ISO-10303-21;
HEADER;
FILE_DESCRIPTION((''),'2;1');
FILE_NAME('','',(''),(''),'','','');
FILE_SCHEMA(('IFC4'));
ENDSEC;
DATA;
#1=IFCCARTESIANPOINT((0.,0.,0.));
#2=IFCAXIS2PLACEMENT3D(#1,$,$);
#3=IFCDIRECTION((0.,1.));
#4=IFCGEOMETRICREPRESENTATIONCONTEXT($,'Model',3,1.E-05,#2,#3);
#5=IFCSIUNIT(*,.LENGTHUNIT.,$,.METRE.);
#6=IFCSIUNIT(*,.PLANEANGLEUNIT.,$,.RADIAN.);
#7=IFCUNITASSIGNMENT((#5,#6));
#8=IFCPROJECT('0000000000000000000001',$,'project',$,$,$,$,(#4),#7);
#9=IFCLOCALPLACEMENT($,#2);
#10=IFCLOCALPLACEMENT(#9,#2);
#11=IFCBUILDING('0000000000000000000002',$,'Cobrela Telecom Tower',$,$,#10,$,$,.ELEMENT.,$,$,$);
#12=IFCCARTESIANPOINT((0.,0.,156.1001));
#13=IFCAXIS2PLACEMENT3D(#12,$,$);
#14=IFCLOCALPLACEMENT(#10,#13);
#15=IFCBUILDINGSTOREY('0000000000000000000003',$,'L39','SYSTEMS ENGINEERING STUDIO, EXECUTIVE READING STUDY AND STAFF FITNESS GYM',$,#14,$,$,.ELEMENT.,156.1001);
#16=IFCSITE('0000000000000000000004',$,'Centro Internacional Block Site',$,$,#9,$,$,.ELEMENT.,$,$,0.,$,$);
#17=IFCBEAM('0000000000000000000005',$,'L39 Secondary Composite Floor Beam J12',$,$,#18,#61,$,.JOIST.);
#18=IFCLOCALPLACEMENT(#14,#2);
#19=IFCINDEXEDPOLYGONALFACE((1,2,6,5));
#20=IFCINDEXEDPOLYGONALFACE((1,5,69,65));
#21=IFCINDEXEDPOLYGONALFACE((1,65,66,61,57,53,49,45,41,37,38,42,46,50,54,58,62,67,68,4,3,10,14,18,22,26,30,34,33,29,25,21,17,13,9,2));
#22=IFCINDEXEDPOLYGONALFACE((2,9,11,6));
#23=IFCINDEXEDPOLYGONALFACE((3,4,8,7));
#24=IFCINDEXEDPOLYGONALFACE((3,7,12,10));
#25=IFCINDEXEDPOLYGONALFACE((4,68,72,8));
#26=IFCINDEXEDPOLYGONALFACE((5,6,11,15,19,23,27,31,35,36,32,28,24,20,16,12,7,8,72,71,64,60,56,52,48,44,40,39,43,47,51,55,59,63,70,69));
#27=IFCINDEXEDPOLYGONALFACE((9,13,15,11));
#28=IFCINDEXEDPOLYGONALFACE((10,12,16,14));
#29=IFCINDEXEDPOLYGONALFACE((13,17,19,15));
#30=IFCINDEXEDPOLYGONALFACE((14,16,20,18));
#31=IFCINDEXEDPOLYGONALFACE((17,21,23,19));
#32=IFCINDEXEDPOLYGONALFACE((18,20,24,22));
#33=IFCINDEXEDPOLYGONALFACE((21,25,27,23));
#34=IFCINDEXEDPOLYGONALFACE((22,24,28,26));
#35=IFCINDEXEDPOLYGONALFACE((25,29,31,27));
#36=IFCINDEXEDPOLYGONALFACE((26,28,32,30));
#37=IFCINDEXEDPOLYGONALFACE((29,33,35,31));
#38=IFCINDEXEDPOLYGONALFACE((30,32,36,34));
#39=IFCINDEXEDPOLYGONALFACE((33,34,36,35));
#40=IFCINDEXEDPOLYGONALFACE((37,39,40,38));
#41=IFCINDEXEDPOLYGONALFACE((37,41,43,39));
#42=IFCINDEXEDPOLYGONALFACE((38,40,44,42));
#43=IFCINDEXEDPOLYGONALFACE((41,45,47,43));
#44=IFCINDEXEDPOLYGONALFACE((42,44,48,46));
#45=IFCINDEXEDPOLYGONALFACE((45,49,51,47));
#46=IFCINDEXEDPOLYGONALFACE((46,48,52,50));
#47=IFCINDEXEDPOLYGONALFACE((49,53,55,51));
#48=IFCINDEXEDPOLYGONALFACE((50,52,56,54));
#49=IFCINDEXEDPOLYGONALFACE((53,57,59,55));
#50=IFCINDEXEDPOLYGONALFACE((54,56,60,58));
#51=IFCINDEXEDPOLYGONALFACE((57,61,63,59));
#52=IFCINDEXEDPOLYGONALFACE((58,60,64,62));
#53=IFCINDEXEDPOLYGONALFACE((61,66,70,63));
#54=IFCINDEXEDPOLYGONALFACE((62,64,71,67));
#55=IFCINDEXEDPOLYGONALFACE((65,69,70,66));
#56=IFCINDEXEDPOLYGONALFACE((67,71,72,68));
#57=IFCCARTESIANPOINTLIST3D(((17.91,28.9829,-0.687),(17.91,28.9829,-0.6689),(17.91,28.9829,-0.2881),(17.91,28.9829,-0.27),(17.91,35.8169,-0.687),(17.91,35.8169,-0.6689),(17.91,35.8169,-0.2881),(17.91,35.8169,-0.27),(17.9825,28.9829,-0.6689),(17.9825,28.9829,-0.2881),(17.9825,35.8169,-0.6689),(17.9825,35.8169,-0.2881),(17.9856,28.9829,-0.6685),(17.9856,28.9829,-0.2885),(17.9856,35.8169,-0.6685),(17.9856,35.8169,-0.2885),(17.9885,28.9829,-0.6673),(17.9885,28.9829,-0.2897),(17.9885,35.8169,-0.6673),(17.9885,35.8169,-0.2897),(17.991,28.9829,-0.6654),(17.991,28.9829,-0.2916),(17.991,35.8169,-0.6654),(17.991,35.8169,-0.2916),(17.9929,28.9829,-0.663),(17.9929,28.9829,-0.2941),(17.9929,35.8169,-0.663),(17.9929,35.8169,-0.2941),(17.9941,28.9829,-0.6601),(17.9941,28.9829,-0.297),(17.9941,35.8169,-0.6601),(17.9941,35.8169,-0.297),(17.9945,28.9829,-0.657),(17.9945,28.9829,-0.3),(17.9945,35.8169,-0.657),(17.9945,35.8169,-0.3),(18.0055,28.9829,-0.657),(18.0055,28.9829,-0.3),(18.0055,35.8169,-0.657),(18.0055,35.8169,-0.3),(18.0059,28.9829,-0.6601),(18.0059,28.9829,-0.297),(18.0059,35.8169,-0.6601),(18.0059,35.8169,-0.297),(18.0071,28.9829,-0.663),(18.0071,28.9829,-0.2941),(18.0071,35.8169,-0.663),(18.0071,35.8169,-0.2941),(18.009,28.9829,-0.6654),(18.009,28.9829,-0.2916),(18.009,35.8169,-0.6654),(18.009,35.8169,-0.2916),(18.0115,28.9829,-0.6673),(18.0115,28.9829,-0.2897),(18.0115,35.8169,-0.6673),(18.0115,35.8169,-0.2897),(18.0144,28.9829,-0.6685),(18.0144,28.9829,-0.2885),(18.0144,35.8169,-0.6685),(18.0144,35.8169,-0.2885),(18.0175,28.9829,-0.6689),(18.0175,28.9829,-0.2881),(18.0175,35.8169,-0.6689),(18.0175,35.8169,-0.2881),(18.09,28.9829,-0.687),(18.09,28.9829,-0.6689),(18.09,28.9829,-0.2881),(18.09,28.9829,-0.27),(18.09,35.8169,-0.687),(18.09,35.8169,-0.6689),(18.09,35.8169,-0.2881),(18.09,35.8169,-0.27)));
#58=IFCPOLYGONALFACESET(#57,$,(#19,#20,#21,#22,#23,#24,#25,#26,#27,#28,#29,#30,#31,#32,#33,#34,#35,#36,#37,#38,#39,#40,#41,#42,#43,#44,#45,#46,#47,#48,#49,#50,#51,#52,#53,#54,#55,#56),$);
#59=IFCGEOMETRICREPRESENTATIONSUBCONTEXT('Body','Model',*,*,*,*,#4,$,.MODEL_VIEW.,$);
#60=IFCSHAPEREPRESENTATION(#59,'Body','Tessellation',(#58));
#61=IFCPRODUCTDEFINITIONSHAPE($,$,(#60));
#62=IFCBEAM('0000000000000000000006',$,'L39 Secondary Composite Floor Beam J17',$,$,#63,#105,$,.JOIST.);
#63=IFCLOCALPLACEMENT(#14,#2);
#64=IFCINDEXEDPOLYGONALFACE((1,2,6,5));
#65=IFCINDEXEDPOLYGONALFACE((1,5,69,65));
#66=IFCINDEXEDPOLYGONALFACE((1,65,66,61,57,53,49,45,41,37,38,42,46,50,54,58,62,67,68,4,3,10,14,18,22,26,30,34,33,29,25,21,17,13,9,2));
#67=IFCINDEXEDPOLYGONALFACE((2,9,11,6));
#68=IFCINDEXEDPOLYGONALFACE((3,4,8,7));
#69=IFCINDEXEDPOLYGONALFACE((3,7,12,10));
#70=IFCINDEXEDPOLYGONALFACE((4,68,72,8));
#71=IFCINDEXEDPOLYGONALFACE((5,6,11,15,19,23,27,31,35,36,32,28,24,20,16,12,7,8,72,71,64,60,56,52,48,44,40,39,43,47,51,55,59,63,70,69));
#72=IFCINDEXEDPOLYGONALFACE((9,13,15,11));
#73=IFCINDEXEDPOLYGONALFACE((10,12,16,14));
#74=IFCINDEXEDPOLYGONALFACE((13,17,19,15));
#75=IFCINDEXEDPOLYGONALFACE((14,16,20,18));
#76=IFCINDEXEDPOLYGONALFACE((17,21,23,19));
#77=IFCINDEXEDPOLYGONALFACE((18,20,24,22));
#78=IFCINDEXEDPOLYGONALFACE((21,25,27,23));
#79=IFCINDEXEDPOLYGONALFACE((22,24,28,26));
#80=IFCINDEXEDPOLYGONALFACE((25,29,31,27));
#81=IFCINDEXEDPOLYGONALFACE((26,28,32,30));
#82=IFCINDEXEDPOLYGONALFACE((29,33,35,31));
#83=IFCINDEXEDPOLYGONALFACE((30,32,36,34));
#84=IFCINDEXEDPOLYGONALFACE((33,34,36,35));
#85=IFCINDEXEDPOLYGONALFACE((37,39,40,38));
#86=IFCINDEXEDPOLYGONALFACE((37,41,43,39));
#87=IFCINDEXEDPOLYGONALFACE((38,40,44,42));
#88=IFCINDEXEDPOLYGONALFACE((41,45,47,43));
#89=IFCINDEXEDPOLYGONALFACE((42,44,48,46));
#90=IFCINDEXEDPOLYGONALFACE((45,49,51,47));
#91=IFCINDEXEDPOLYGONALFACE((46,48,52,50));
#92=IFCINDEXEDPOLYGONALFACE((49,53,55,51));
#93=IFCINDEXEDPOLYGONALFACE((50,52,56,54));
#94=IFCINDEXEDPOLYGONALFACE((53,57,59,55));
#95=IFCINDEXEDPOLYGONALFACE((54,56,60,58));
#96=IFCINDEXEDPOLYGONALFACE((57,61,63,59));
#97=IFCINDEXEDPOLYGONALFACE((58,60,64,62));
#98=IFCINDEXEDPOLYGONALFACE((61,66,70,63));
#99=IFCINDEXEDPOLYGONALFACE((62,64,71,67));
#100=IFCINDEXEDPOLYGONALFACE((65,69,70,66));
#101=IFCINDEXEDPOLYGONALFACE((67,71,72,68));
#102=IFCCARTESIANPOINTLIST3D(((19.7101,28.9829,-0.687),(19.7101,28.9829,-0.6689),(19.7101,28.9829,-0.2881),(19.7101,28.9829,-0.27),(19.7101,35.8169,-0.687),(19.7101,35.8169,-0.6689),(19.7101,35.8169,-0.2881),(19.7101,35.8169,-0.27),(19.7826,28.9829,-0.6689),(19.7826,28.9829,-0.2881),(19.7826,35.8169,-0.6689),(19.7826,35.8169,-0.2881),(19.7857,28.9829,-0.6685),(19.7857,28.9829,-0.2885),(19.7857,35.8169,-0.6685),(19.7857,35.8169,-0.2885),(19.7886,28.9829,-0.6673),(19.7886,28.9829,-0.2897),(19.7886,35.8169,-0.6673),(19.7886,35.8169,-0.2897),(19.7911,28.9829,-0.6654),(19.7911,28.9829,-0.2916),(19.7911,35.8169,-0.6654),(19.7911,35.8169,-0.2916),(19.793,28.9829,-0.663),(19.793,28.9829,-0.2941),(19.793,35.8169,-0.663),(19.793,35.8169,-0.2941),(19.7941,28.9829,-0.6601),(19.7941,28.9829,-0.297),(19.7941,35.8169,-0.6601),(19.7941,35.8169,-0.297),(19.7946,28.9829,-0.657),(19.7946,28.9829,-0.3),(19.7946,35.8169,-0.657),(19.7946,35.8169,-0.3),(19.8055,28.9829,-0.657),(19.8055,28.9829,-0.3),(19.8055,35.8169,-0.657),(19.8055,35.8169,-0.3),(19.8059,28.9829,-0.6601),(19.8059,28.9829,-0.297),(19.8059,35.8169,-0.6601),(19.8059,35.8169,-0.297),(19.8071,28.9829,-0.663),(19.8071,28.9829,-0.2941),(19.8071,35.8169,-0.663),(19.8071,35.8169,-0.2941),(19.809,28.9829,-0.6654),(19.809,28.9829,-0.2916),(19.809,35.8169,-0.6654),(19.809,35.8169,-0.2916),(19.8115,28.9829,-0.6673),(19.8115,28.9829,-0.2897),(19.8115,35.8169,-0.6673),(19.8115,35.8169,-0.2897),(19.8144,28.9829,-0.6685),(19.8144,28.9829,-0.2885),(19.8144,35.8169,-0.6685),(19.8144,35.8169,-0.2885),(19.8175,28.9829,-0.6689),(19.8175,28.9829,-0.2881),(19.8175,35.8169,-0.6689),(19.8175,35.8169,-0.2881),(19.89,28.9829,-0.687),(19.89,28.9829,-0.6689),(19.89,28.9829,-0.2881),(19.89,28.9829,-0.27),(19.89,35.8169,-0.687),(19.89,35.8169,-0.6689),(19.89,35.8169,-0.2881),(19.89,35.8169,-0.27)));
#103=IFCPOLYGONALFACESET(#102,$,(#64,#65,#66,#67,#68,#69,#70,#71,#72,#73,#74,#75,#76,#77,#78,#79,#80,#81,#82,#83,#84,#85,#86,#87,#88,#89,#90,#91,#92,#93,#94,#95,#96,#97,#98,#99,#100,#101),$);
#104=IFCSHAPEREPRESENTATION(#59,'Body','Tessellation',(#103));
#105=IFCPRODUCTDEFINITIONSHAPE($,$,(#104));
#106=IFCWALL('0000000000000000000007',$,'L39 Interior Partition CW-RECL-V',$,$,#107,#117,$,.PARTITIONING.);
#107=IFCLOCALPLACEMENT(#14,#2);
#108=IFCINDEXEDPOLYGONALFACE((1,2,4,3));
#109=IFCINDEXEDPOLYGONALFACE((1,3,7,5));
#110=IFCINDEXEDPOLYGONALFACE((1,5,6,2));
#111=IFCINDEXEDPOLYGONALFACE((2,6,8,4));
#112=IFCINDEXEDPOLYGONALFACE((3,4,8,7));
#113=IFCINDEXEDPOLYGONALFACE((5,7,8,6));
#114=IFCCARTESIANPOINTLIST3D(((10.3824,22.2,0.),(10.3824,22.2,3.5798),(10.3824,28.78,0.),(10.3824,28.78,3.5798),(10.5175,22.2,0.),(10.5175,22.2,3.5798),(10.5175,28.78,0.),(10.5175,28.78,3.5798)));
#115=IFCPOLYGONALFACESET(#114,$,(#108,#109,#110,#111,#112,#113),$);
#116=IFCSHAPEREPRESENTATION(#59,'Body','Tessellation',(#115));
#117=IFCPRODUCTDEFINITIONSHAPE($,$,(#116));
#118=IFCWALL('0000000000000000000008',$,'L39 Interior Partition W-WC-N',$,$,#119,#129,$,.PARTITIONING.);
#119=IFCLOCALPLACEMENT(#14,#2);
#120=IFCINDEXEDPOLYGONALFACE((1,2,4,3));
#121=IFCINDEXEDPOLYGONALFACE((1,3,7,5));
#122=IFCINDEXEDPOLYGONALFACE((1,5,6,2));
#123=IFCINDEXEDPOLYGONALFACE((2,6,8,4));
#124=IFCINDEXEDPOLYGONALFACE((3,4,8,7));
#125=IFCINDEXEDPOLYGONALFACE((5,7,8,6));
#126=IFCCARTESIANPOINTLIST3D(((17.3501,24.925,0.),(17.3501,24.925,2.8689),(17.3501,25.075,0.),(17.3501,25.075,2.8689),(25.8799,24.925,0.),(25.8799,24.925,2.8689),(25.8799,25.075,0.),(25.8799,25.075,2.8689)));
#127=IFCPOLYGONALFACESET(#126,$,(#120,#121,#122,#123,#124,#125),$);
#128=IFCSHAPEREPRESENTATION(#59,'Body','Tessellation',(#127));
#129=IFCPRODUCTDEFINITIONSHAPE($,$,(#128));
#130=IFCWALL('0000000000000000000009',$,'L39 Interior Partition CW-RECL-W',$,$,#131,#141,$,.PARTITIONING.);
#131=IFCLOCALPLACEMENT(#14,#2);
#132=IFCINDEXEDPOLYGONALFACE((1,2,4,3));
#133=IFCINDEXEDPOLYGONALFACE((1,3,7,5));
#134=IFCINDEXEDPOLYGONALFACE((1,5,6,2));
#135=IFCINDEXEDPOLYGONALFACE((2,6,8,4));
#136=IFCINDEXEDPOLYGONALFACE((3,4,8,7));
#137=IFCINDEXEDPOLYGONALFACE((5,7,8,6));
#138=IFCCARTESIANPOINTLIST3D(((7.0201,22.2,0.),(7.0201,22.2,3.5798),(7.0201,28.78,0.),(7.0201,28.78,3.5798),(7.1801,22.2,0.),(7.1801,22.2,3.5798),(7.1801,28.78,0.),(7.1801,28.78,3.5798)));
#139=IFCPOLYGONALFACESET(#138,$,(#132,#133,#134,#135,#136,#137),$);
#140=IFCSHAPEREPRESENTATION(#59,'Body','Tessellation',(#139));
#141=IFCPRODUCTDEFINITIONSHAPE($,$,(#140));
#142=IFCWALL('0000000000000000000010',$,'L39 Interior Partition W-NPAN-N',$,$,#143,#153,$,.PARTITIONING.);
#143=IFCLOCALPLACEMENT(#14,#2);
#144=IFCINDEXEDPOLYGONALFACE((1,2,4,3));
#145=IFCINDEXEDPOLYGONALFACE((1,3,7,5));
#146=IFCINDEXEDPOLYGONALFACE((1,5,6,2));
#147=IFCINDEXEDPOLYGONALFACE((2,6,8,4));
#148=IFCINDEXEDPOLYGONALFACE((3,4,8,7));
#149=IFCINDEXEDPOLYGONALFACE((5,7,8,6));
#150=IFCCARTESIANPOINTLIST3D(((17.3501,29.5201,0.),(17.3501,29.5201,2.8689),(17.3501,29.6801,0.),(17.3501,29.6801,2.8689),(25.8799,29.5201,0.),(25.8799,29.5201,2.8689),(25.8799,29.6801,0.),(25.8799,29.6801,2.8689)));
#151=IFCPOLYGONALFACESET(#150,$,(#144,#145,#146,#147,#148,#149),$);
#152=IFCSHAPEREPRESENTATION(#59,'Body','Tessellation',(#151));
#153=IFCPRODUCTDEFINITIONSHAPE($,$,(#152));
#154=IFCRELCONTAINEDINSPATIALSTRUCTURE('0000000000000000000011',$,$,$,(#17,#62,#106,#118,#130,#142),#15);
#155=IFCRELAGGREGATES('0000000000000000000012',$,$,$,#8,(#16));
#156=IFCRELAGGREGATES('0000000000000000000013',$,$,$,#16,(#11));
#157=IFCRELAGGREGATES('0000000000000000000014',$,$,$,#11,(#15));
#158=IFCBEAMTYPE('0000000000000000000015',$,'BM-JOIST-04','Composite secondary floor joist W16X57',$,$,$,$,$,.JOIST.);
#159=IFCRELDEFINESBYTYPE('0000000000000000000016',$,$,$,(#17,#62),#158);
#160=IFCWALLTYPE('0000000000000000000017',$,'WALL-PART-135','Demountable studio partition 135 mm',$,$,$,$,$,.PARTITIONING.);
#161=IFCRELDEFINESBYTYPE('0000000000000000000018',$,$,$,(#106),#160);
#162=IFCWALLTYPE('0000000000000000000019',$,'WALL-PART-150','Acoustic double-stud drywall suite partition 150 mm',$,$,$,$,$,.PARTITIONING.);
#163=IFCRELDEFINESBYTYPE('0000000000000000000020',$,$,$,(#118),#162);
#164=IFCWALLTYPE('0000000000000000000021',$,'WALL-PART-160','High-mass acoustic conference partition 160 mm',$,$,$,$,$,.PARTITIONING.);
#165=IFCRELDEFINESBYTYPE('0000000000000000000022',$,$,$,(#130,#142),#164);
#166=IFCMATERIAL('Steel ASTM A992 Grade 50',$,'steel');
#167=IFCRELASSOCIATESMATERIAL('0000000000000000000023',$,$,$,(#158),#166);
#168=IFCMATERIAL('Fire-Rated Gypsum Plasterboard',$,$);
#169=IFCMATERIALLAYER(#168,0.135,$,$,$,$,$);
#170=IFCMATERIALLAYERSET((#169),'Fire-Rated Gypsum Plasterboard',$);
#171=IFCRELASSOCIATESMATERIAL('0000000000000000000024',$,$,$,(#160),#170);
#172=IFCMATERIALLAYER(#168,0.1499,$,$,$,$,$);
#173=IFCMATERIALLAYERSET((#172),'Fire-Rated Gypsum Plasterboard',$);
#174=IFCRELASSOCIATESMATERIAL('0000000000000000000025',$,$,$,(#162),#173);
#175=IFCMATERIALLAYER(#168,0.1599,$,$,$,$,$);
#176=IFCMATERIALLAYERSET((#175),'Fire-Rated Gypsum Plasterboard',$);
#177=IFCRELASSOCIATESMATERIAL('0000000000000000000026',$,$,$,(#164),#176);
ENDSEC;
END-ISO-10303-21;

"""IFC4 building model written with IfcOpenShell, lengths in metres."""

from ifc_helpers import new_model, si_unit, direction, frame, frame_2d, origin, origin_2d, place, context, subcontext, project, spatial, rectangle, i_section, extrude, material, layer, layer_set, material_profile, profile_set, type_object, element, save


model = new_model("IFC4")

# Units and contexts
model_context = context("Model", 3, precision=1e-05, world=origin(), true_north=direction((0.0, 1.0)))
body_context = subcontext(model_context, "Body", "Model", "MODEL_VIEW")
ifc_project = project(units=[si_unit("LENGTHUNIT", "METRE"), si_unit("PLANEANGLEUNIT", "RADIAN")], contexts=[model_context])

# Site, building, storey
site_placement = place(None, origin())
site = spatial("IfcSite", under=ifc_project, at=site_placement, Name="Centro Internacional Block Site", CompositionType="ELEMENT", RefElevation=0.0)
building_placement = place(site_placement, origin())
building = spatial("IfcBuilding", under=site, at=building_placement, Name="Cobrela Telecom Tower", CompositionType="ELEMENT")
storey_placement = place(building_placement, frame((0.0, 0.0, 156.1001)))
storey = spatial("IfcBuildingStorey", under=building, at=storey_placement, Name="L39", Description="SYSTEMS ENGINEERING STUDIO, EXECUTIVE READING STUDY AND STAFF FITNESS GYM", CompositionType="ELEMENT", Elevation=156.1001)

# Beams
ifc_material_1 = material(Name="Steel ASTM A992 Grade 50", Category="steel")
ifc_material_profile_1 = material_profile(ifc_material_1, i_section(OverallWidth=0.1799, OverallDepth=0.417, WebThickness=0.011, FlangeThickness=0.0181, FilletRadius=0.012, at=origin_2d()), Name="W16X57")
ifc_profile_set_1 = profile_set([ifc_material_profile_1], Name="Steel ASTM A992 Grade 50")
beam_type_1 = type_object("IfcBeamType", Name="BM-JOIST-04", Description="Composite secondary floor joist W16X57", PredefinedType="JOIST", material=ifc_profile_set_1)
for number, where, z_axis, x_axis, name in (
    (1, (18.0, 28.9829, -0.4785), (0.0, 1.0, 0.0), (-1.0, 0.0, 0.0), "L39 Secondary Composite Floor Beam J12"),
    (2, (19.8, 28.9829, -0.4785), (0.0, 1.0, 0.0), (-1.0, 0.0, 0.0), "L39 Secondary Composite Floor Beam J17"),
):
    element("IfcBeam", number, at=place(storey_placement, frame(where, z_axis=z_axis, x_axis=x_axis)), inside=storey, type_object=beam_type_1, Name=name, PredefinedType="JOIST", context=body_context, shape_type="SweptSolid", body=[
        extrude(i_section(OverallWidth=0.1799, OverallDepth=0.417, WebThickness=0.011, FlangeThickness=0.0181, FilletRadius=0.012, at=origin_2d()), origin(), (0.0, 0.0, 1.0), 6.834),
    ])

# Wall
ifc_material_2 = material(Name="Fire-Rated Gypsum Plasterboard")
ifc_layer_1 = layer(ifc_material_2, 0.135)
ifc_layer_set_1 = layer_set([ifc_layer_1], Name="Fire-Rated Gypsum Plasterboard")
wall_type_1 = type_object("IfcWallType", Name="WALL-PART-135", Description="Demountable studio partition 135 mm", PredefinedType="PARTITIONING", material=ifc_layer_set_1)
wall_1_placement = place(storey_placement, frame((10.45, 22.2, 0.0), z_axis=(0.0, 0.0, 1.0), x_axis=(0.0, 1.0, 0.0)))
element("IfcWall", 3, at=wall_1_placement, inside=storey, type_object=wall_type_1, Name="L39 Interior Partition CW-RECL-V", PredefinedType="PARTITIONING", context=body_context, shape_type="SweptSolid", body=[
    extrude(rectangle(XDim=6.5801, YDim=0.135, at=frame_2d((3.29, 0.0))), origin(), (0.0, 0.0, 1.0), 3.5798),
])

# Shared definitions
ifc_layer_2 = layer(ifc_material_2, 0.1499)
ifc_layer_set_2 = layer_set([ifc_layer_2], Name="Fire-Rated Gypsum Plasterboard")
wall_type_2 = type_object("IfcWallType", Name="WALL-PART-150", Description="Acoustic double-stud drywall suite partition 150 mm", PredefinedType="PARTITIONING", material=ifc_layer_set_2)

# Walls
wall_2_placement = place(storey_placement, frame((17.3501, 25.0, 0.0), z_axis=(0.0, 0.0, 1.0), x_axis=(1.0, 0.0, 0.0)))
element("IfcWall", 4, at=wall_2_placement, inside=storey, type_object=wall_type_2, Name="L39 Interior Partition W-WC-N", PredefinedType="PARTITIONING", context=body_context, shape_type="SweptSolid", body=[
    extrude(rectangle(XDim=8.5298, YDim=0.1499, at=frame_2d((4.2649, 0.0))), origin(), (0.0, 0.0, 1.0), 2.8689),
])
ifc_layer_3 = layer(ifc_material_2, 0.1599)
ifc_layer_set_3 = layer_set([ifc_layer_3], Name="Fire-Rated Gypsum Plasterboard")
wall_type_3 = type_object("IfcWallType", Name="WALL-PART-160", Description="High-mass acoustic conference partition 160 mm", PredefinedType="PARTITIONING", material=ifc_layer_set_3)
wall_3_placement = place(storey_placement, frame((7.1001, 22.2, 0.0), z_axis=(0.0, 0.0, 1.0), x_axis=(0.0, 1.0, 0.0)))
element("IfcWall", 5, at=wall_3_placement, inside=storey, type_object=wall_type_3, Name="L39 Interior Partition CW-RECL-W", PredefinedType="PARTITIONING", context=body_context, shape_type="SweptSolid", body=[
    extrude(rectangle(XDim=6.5801, YDim=0.1599, at=frame_2d((3.29, 0.0))), origin(), (0.0, 0.0, 1.0), 3.5798),
])
wall_4_placement = place(storey_placement, frame((17.3501, 29.6001, 0.0), z_axis=(0.0, 0.0, 1.0), x_axis=(1.0, 0.0, 0.0)))
element("IfcWall", 6, at=wall_4_placement, inside=storey, type_object=wall_type_3, Name="L39 Interior Partition W-NPAN-N", PredefinedType="PARTITIONING", context=body_context, shape_type="SweptSolid", body=[
    extrude(rectangle(XDim=8.5298, YDim=0.1599, at=frame_2d((4.2649, 0.0))), origin(), (0.0, 0.0, 1.0), 2.8689),
])

save(model, "model.ifc")
